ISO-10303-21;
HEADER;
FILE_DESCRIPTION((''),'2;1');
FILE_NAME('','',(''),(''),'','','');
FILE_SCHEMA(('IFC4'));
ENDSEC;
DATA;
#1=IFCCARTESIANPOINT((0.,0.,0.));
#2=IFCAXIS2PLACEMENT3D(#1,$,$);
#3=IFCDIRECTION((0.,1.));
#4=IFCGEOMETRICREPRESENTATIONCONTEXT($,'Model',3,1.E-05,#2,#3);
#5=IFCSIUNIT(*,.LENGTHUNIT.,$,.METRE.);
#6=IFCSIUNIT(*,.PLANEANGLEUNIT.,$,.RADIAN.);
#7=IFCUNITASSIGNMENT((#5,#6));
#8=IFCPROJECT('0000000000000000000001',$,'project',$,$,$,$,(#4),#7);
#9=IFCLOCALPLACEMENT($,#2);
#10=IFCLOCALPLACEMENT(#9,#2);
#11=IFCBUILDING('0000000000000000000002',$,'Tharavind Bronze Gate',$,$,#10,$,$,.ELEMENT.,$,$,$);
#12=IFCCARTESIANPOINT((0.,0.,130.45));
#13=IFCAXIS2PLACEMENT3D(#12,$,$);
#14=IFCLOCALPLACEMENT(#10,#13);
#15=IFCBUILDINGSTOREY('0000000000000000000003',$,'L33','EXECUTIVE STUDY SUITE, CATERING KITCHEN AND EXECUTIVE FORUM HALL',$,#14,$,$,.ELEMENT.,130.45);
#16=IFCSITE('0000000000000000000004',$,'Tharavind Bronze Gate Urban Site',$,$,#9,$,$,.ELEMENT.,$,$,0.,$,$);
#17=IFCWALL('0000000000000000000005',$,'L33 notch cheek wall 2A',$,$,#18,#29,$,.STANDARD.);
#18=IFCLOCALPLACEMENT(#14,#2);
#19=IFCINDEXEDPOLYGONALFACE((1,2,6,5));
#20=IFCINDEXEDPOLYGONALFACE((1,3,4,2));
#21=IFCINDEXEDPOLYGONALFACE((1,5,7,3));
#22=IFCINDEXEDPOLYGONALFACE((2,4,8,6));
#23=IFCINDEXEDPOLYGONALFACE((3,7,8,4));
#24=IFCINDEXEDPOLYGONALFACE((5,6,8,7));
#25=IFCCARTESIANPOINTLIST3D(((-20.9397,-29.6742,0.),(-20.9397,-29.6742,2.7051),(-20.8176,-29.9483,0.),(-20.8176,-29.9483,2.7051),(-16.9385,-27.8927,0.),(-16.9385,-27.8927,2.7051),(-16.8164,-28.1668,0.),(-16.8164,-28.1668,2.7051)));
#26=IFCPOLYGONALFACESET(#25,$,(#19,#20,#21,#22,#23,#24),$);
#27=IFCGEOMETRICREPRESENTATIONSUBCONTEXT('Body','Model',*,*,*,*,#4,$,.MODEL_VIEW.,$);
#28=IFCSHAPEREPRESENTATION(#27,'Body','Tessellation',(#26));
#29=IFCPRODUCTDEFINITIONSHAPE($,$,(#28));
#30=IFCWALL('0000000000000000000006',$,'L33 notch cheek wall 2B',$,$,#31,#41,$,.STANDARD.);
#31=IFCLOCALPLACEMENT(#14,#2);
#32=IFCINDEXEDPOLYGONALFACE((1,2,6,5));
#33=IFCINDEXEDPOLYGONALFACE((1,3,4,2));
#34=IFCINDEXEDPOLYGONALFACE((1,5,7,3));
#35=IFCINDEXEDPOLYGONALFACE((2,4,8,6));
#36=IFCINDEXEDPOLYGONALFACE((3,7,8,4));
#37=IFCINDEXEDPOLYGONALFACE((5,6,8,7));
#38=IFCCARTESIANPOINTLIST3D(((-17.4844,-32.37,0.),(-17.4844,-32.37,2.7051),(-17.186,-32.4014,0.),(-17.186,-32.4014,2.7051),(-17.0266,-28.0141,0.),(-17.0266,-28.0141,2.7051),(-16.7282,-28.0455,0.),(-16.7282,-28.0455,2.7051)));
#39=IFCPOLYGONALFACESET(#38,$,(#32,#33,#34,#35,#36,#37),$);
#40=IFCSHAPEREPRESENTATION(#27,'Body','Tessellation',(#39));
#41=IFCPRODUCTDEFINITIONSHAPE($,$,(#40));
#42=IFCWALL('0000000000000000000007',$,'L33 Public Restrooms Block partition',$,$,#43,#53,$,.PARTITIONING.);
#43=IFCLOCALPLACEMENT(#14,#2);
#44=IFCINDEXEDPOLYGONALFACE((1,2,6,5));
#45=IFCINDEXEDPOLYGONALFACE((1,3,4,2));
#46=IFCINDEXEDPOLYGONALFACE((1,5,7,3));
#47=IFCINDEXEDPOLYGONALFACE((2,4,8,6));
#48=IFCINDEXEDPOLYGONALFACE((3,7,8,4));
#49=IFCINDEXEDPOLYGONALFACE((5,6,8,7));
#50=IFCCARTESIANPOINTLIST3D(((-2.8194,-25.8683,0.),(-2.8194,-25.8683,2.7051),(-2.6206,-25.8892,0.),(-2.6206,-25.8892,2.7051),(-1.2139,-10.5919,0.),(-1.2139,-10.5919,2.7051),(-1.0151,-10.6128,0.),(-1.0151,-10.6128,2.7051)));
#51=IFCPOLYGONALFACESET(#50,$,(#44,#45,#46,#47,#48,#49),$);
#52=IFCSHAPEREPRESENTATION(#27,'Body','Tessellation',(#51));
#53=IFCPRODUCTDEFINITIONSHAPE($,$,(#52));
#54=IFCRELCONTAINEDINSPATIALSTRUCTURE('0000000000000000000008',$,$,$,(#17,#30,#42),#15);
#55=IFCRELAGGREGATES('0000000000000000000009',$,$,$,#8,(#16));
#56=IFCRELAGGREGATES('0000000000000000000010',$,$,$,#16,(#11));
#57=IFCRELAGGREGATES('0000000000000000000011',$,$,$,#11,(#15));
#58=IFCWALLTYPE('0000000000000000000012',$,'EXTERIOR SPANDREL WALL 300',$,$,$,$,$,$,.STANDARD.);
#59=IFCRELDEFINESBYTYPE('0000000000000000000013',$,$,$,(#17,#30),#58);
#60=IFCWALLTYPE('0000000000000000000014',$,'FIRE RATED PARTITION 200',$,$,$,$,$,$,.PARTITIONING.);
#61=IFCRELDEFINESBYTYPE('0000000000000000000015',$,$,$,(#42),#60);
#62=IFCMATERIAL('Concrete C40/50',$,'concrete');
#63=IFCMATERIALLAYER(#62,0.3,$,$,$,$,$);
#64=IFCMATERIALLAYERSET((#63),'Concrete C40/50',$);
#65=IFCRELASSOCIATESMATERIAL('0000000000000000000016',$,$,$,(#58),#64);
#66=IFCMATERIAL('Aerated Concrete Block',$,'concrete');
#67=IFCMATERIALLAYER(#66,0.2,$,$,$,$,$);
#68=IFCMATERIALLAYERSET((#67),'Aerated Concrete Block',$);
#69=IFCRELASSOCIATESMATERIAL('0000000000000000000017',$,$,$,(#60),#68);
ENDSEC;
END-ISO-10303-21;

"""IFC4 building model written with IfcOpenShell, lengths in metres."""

from ifc_helpers import new_model, si_unit, direction, frame, frame_2d, origin, place, context, subcontext, project, spatial, rectangle, extrude, material, layer, layer_set, type_object, element, save


model = new_model("IFC4")

# Units and contexts
model_context = context("Model", 3, precision=1e-05, world=origin(), true_north=direction((0.0, 1.0)))
body_context = subcontext(model_context, "Body", "Model", "MODEL_VIEW")
ifc_project = project(units=[si_unit("LENGTHUNIT", "METRE"), si_unit("PLANEANGLEUNIT", "RADIAN")], contexts=[model_context])

# Site, building, storey
site_placement = place(None, origin())
site = spatial("IfcSite", under=ifc_project, at=site_placement, Name="Tharavind Bronze Gate Urban Site", CompositionType="ELEMENT", RefElevation=0.0)
building_placement = place(site_placement, origin())
building = spatial("IfcBuilding", under=site, at=building_placement, Name="Tharavind Bronze Gate", CompositionType="ELEMENT")
storey_placement = place(building_placement, frame((0.0, 0.0, 130.45)))
storey = spatial("IfcBuildingStorey", under=building, at=storey_placement, Name="L33", Description="EXECUTIVE STUDY SUITE, CATERING KITCHEN AND EXECUTIVE FORUM HALL", CompositionType="ELEMENT", Elevation=130.45)

# Walls
ifc_material_1 = material(Name="Concrete C40/50", Category="concrete")
ifc_layer_1 = layer(ifc_material_1, 0.3)
ifc_layer_set_1 = layer_set([ifc_layer_1], Name="Concrete C40/50")
wall_type_1 = type_object("IfcWallType", Name="EXTERIOR SPANDREL WALL 300", PredefinedType="STANDARD", material=ifc_layer_set_1)
for number, where, z_axis, x_axis, name in (
    (1, (-20.8787, -29.8113, 0.0), (0.0, 0.0, 1.0), (0.913542, 0.406743, 0.0), "L33 notch cheek wall 2A"),
    (2, (-16.8774, -28.0298, 0.0), (0.0, 0.0, 1.0), (-0.104514, -0.994523, 0.0), "L33 notch cheek wall 2B"),
):
    element("IfcWall", number, at=place(storey_placement, frame(where, z_axis=z_axis, x_axis=x_axis)), inside=storey, type_object=wall_type_1, Name=name, PredefinedType="STANDARD", context=body_context, shape_type="SweptSolid", body=[
        extrude(rectangle(XDim=4.3799, YDim=0.3, at=frame_2d((2.1899, 0.0))), origin(), (0.0, 0.0, 1.0), 2.7051),
    ])
ifc_material_2 = material(Name="Aerated Concrete Block", Category="concrete")
ifc_layer_2 = layer(ifc_material_2, 0.2)
ifc_layer_set_2 = layer_set([ifc_layer_2], Name="Aerated Concrete Block")
wall_type_2 = type_object("IfcWallType", Name="FIRE RATED PARTITION 200", PredefinedType="PARTITIONING", material=ifc_layer_set_2)
wall_placement = place(storey_placement, frame((-2.72, -25.8787, 0.0), z_axis=(0.0, 0.0, 1.0), x_axis=(0.104519, 0.994523, 0.0)))
element("IfcWall", 3, at=wall_placement, inside=storey, type_object=wall_type_2, Name="L33 Public Restrooms Block partition", PredefinedType="PARTITIONING", context=body_context, shape_type="SweptSolid", body=[
    extrude(rectangle(XDim=15.3606, YDim=0.2, at=frame_2d((7.6802, 0.0))), origin(), (0.0, 0.0, 1.0), 2.7051),
])

save(model, "model.ifc")
